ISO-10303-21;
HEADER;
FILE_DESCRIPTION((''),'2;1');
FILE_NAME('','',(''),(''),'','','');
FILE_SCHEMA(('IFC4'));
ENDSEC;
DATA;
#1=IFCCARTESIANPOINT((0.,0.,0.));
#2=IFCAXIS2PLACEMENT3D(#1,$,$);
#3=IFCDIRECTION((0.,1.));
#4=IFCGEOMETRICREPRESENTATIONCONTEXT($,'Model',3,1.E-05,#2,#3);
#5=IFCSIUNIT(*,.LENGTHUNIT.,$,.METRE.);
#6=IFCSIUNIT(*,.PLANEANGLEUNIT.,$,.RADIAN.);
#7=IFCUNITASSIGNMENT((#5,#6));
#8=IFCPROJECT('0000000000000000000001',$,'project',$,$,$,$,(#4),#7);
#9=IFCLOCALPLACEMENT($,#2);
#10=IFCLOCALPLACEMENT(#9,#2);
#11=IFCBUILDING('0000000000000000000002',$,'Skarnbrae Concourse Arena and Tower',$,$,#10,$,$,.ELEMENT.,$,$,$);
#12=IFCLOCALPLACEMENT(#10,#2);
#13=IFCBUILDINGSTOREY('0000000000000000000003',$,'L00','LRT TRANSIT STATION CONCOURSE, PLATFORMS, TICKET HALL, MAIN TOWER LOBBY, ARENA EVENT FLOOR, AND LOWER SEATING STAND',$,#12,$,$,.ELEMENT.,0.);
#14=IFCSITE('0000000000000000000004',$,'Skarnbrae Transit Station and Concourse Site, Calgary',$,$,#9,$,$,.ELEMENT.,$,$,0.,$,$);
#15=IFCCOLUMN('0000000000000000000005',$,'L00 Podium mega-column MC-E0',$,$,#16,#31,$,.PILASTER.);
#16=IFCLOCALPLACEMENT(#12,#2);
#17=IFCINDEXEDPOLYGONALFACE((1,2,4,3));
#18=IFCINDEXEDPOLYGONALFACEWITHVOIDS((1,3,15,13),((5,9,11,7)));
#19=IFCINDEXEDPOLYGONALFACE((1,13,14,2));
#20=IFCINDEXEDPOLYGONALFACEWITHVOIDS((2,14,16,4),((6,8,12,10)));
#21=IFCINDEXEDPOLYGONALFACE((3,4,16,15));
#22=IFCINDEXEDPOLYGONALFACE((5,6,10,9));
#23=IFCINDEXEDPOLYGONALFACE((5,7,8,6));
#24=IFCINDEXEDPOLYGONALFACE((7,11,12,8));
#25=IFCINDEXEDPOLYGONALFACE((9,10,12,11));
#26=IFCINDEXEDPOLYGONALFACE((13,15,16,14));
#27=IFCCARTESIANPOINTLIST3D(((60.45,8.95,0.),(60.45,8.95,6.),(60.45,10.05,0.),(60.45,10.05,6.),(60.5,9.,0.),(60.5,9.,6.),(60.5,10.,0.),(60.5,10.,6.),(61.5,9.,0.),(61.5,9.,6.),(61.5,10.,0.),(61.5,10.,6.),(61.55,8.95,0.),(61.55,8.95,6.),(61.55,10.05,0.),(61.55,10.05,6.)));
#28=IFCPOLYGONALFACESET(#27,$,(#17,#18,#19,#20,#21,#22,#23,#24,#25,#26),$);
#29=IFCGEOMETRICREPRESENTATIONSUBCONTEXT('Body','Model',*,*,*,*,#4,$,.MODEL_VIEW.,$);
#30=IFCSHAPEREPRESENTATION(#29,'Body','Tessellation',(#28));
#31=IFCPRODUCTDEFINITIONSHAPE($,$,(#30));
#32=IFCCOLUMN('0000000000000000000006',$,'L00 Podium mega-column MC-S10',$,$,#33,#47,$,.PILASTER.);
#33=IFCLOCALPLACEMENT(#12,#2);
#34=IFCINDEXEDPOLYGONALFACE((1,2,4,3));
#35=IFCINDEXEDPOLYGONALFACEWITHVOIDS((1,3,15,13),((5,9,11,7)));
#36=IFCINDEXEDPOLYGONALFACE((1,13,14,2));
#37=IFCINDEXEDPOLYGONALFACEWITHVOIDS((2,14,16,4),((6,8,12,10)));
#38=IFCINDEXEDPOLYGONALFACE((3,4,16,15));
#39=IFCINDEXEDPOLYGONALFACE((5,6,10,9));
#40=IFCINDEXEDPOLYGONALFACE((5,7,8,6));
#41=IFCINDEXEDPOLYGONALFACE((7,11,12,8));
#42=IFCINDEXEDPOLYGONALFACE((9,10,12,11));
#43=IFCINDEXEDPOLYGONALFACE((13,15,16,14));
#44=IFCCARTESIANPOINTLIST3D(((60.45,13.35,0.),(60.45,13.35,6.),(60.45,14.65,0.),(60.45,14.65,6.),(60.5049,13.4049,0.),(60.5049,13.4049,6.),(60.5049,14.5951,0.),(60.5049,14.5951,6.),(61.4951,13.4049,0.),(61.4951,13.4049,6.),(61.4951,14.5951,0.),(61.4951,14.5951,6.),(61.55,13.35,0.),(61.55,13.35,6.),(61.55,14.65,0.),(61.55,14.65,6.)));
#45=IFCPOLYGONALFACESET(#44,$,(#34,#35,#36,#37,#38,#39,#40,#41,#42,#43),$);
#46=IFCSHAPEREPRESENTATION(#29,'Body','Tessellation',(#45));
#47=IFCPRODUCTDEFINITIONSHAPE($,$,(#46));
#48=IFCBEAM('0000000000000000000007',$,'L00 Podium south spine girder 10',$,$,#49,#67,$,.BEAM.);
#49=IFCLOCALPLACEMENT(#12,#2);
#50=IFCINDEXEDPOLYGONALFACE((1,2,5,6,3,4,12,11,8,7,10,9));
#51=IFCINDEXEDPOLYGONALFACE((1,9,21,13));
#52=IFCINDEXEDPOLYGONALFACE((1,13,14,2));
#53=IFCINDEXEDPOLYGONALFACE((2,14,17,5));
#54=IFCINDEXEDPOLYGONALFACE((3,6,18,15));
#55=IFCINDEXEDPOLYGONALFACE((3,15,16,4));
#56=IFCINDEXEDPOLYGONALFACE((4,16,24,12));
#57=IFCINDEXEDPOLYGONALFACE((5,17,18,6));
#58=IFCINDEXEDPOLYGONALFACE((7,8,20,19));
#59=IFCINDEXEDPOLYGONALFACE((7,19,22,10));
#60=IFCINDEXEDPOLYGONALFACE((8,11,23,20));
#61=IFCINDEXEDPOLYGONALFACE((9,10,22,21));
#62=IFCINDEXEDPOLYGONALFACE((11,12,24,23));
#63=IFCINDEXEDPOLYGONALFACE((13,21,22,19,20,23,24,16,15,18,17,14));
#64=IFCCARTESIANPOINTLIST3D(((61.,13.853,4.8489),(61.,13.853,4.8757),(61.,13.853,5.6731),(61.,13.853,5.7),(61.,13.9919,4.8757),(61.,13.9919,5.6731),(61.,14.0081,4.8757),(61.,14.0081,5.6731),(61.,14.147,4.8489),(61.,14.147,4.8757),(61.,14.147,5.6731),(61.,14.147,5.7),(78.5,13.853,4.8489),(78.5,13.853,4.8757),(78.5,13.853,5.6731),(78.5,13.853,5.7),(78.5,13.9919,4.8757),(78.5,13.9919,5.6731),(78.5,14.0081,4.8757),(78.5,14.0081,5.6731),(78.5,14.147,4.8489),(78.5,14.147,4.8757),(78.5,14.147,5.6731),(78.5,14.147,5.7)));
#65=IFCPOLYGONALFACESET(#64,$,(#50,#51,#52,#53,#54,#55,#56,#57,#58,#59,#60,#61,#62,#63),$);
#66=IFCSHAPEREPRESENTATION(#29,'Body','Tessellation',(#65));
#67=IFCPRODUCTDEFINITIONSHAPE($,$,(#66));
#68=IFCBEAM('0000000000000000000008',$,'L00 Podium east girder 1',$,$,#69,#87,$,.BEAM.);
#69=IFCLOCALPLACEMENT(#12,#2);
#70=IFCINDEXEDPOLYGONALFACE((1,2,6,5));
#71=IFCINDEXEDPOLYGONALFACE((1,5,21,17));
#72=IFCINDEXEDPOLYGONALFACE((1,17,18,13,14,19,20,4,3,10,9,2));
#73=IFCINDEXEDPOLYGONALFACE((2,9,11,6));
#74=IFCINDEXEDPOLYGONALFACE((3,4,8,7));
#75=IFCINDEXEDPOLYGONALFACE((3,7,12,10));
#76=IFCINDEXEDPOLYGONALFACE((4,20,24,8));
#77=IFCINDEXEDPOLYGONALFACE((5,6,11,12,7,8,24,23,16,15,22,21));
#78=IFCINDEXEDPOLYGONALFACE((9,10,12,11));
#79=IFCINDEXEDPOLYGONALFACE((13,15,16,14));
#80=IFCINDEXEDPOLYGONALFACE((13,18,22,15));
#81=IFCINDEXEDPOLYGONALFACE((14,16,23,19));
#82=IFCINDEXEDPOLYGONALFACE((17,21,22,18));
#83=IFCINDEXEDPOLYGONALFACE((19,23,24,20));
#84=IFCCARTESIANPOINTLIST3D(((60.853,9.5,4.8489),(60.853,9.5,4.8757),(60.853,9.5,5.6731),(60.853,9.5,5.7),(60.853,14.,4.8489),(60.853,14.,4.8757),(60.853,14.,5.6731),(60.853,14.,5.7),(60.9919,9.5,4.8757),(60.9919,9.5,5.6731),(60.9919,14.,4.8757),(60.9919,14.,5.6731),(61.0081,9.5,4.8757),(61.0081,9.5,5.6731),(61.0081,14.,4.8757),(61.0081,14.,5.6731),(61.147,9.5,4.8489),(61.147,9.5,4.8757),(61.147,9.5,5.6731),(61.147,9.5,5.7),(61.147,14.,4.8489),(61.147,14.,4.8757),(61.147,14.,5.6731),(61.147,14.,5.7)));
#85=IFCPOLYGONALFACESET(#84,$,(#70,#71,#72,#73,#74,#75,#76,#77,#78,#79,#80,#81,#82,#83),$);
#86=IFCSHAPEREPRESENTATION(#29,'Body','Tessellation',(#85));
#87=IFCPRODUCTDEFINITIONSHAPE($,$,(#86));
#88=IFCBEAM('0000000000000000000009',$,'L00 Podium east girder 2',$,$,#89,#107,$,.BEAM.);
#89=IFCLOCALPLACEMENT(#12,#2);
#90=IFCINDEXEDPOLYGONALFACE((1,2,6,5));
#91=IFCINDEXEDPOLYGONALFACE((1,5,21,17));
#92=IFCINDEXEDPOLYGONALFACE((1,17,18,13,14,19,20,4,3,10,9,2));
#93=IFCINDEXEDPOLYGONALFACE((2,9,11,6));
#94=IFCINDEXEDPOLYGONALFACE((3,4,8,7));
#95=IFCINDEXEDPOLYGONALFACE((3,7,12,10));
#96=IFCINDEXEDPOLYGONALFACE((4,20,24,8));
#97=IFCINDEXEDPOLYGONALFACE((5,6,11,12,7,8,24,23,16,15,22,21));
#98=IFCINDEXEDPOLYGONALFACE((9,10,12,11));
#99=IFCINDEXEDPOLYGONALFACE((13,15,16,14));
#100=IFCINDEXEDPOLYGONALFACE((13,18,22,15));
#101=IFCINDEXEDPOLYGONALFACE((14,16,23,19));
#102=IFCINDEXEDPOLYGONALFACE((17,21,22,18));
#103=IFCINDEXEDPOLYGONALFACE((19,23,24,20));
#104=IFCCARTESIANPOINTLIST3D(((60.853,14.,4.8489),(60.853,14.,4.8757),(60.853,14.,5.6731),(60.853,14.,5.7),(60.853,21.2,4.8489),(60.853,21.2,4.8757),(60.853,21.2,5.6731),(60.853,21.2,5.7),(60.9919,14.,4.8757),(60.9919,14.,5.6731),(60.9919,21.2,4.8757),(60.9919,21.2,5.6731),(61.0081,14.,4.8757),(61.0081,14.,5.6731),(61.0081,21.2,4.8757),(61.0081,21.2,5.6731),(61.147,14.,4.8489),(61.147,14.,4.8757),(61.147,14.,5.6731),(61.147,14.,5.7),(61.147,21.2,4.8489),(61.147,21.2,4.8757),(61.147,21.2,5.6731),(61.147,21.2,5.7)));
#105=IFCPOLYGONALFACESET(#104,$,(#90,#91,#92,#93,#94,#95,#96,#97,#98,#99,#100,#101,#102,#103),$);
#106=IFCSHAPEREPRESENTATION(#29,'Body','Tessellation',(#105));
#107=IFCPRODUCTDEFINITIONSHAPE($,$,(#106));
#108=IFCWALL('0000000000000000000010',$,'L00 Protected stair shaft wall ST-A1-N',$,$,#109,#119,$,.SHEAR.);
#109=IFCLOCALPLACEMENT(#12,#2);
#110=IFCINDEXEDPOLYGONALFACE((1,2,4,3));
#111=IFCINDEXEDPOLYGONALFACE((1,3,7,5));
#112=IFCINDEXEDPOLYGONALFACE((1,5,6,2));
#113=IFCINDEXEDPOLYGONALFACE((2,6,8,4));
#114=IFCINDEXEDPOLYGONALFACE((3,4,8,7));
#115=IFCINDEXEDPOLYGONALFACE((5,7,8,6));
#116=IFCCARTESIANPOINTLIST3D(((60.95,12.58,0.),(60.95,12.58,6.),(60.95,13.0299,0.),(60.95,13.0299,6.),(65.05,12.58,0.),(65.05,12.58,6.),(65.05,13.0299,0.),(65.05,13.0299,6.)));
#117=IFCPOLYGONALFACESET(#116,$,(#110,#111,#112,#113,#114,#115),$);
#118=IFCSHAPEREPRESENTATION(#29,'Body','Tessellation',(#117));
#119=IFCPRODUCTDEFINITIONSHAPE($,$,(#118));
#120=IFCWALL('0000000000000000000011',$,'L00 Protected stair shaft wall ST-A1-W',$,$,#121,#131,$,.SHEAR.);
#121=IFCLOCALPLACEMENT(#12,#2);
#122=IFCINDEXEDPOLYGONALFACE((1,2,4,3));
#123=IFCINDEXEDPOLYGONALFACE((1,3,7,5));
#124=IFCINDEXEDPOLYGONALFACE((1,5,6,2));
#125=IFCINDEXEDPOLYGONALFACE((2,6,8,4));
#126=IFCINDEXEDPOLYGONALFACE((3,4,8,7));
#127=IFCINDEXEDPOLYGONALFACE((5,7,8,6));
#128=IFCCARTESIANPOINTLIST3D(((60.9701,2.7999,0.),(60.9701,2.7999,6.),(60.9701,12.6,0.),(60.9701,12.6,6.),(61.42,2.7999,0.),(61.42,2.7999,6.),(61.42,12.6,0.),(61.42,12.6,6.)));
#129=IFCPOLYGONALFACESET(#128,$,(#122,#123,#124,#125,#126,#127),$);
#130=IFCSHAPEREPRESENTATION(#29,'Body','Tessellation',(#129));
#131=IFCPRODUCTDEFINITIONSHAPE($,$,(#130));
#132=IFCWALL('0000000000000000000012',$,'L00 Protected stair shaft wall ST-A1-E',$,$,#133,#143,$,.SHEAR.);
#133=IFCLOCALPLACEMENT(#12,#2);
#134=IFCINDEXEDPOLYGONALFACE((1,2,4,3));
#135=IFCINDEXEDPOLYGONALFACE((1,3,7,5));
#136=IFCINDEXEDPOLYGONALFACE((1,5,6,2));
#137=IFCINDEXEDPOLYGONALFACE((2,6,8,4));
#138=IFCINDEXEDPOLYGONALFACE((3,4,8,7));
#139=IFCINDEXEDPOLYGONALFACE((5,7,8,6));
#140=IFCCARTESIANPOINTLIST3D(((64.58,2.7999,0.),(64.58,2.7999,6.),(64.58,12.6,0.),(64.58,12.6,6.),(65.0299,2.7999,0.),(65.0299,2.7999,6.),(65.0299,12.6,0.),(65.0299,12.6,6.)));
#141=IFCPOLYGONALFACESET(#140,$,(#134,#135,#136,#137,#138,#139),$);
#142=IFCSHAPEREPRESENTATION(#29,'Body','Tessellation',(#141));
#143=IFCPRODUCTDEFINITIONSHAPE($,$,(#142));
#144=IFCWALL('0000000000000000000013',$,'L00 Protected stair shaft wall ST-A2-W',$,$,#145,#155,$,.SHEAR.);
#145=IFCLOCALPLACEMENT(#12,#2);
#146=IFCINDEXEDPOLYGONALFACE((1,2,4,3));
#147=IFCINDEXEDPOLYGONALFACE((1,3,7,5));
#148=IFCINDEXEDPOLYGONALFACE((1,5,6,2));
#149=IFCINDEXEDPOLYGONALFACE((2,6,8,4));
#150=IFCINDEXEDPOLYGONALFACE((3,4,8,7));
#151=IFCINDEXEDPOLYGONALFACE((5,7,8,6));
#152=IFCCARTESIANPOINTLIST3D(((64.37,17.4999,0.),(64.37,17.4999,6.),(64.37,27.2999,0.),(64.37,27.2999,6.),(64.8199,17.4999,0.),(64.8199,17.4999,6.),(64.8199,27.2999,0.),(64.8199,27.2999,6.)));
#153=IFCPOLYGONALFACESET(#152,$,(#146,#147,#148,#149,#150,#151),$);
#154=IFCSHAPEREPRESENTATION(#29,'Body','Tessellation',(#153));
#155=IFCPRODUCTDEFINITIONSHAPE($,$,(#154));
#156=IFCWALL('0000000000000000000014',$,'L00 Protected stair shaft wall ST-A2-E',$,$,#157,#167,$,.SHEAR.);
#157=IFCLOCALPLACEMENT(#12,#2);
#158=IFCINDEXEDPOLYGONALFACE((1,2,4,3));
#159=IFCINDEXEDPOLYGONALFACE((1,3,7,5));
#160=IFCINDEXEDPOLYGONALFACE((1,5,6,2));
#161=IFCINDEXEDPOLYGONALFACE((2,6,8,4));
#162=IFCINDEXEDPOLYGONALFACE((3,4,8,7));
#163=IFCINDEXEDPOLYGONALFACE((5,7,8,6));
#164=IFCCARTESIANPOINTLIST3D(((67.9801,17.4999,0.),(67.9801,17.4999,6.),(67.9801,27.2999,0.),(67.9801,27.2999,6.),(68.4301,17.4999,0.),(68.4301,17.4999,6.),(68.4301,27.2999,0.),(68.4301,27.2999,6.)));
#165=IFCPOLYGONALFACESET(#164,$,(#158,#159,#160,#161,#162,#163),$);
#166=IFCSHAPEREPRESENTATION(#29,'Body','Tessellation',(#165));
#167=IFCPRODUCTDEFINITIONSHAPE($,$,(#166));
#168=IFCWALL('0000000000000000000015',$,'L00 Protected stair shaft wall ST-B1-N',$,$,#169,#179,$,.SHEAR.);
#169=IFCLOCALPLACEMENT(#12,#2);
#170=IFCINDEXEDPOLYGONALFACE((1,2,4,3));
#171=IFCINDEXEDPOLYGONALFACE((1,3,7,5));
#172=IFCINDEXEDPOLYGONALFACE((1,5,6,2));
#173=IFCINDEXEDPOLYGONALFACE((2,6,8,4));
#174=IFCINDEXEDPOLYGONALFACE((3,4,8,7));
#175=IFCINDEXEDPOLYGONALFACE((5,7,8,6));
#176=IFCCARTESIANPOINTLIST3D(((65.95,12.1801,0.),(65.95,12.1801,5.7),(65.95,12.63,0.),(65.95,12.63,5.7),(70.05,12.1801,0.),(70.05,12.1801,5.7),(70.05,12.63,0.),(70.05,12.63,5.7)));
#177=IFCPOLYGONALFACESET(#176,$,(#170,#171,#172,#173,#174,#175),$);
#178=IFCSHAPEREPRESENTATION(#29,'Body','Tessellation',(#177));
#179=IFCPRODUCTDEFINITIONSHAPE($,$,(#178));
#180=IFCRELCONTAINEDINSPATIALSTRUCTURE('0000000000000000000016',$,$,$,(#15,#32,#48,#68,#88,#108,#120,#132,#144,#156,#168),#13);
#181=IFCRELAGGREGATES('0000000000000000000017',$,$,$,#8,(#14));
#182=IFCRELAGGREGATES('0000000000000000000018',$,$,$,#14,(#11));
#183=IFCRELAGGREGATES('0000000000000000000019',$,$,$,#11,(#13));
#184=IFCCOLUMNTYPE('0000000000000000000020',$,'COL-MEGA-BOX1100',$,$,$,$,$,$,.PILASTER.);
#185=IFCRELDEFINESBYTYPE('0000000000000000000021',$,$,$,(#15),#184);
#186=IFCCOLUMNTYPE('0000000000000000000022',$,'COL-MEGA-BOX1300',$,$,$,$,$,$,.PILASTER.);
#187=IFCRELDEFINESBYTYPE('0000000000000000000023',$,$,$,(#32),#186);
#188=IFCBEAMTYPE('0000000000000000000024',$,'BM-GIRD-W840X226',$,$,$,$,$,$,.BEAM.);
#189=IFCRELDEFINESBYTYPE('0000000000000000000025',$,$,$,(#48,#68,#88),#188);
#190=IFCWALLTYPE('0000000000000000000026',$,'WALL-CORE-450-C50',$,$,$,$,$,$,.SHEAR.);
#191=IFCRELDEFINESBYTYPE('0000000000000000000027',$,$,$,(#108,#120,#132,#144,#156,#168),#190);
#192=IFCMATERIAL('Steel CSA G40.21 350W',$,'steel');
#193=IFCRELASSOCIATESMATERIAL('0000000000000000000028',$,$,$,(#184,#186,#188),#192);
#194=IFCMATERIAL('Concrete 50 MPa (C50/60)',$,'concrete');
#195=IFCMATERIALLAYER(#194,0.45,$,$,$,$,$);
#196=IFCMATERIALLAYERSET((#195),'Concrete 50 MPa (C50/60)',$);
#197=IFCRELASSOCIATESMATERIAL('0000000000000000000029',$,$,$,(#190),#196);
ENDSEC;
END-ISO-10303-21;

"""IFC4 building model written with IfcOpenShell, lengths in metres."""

from ifc_helpers import new_model, si_unit, direction, frame, frame_2d, origin, origin_2d, place, context, subcontext, project, spatial, rectangle, hollow_rectangle, i_section, extrude, source, transform, mapped, material, layer, layer_set, material_profile, profile_set, type_object, element, save


model = new_model("IFC4")

# Units and contexts
model_context = context("Model", 3, precision=1e-05, world=origin(), true_north=direction((0.0, 1.0)))
body_context = subcontext(model_context, "Body", "Model", "MODEL_VIEW")
ifc_project = project(units=[si_unit("LENGTHUNIT", "METRE"), si_unit("PLANEANGLEUNIT", "RADIAN")], contexts=[model_context])

# Site, building, storey
site_placement = place(None, origin())
site = spatial("IfcSite", under=ifc_project, at=site_placement, Name="Skarnbrae Transit Station and Concourse Site, Calgary", CompositionType="ELEMENT", RefElevation=0.0)
building_placement = place(site_placement, origin())
building = spatial("IfcBuilding", under=site, at=building_placement, Name="Skarnbrae Concourse Arena and Tower", CompositionType="ELEMENT")
storey_placement = place(building_placement, origin())
storey = spatial("IfcBuildingStorey", under=building, at=storey_placement, Name="L00", Description="LRT TRANSIT STATION CONCOURSE, PLATFORMS, TICKET HALL, MAIN TOWER LOBBY, ARENA EVENT FLOOR, AND LOWER SEATING STAND", CompositionType="ELEMENT", Elevation=0.0)

# Columns
ifc_material_1 = material(Name="Steel CSA G40.21 350W", Category="steel")
ifc_material_profile_1 = material_profile(ifc_material_1, hollow_rectangle(XDim=1.1001, YDim=1.1001, WallThickness=0.05, at=origin_2d()), Name="BOX1100X1100X50")
ifc_profile_set_1 = profile_set([ifc_material_profile_1], Name="Steel CSA G40.21 350W")
column_type_1 = type_object("IfcColumnType", Name="COL-MEGA-BOX1100", PredefinedType="PILASTER", material=ifc_profile_set_1)
shared_shape_1 = source(origin(), body_context, "Body", "SweptSolid", [
    extrude(hollow_rectangle(XDim=1.1001, YDim=1.1001, WallThickness=0.05, at=origin_2d()), origin(), (0.0, 0.0, 1.0), 6.0),
])
column_1_placement = place(storey_placement, frame((61.0, 9.5, 0.0), z_axis=(0.0, 0.0, 1.0), x_axis=(1.0, 0.0, 0.0)))
element("IfcColumn", 1, at=column_1_placement, inside=storey, type_object=column_type_1, Name="L00 Podium mega-column MC-E0", PredefinedType="PILASTER", context=body_context, shape_type="MappedRepresentation", body=[
    mapped(shared_shape_1, transform((0.0, 0.0, 0.0))),
])
ifc_material_profile_2 = material_profile(ifc_material_1, hollow_rectangle(XDim=1.1001, YDim=1.3, WallThickness=0.0549, at=origin_2d()), Name="BOX1300X1100X55")
ifc_profile_set_2 = profile_set([ifc_material_profile_2], Name="Steel CSA G40.21 350W")
column_type_2 = type_object("IfcColumnType", Name="COL-MEGA-BOX1300", PredefinedType="PILASTER", material=ifc_profile_set_2)
shared_shape_2 = source(origin(), body_context, "Body", "SweptSolid", [
    extrude(hollow_rectangle(XDim=1.1001, YDim=1.3, WallThickness=0.0549, at=origin_2d()), origin(), (0.0, 0.0, 1.0), 6.0),
])
column_2_placement = place(storey_placement, frame((61.0, 14.0, 0.0), z_axis=(0.0, 0.0, 1.0), x_axis=(1.0, 0.0, 0.0)))
element("IfcColumn", 2, at=column_2_placement, inside=storey, type_object=column_type_2, Name="L00 Podium mega-column MC-S10", PredefinedType="PILASTER", context=body_context, shape_type="MappedRepresentation", body=[
    mapped(shared_shape_2, transform((0.0, 0.0, 0.0))),
])

# Beams
ifc_material_profile_3 = material_profile(ifc_material_1, i_section(OverallWidth=0.2939, OverallDepth=0.8511, WebThickness=0.0161, FlangeThickness=0.0269, at=origin_2d()), Name="W840X226")
ifc_profile_set_3 = profile_set([ifc_material_profile_3], Name="Steel CSA G40.21 350W")
beam_type = type_object("IfcBeamType", Name="BM-GIRD-W840X226", PredefinedType="BEAM", material=ifc_profile_set_3)
shared_shape_3 = source(origin(), body_context, "Body", "SweptSolid", [
    extrude(i_section(OverallWidth=0.2939, OverallDepth=0.8511, WebThickness=0.0161, FlangeThickness=0.0269, at=origin_2d()), origin(), (0.0, 0.0, 1.0), 17.5),
])
beam_1_placement = place(storey_placement, frame((61.0, 14.0, 5.2744), z_axis=(1.0, 0.0, 0.0), x_axis=(0.0, 1.0, 0.0)))
element("IfcBeam", 3, at=beam_1_placement, inside=storey, type_object=beam_type, Name="L00 Podium south spine girder 10", PredefinedType="BEAM", context=body_context, shape_type="MappedRepresentation", body=[
    mapped(shared_shape_3, transform((0.0, 0.0, 0.0))),
])
shared_shape_4 = source(origin(), body_context, "Body", "SweptSolid", [
    extrude(i_section(OverallWidth=0.2939, OverallDepth=0.8511, WebThickness=0.0161, FlangeThickness=0.0269, at=origin_2d()), origin(), (0.0, 0.0, 1.0), 4.5),
])
beam_2_placement = place(storey_placement, frame((61.0, 9.5, 5.2744), z_axis=(0.0, 1.0, 0.0), x_axis=(-1.0, 0.0, 0.0)))
element("IfcBeam", 4, at=beam_2_placement, inside=storey, type_object=beam_type, Name="L00 Podium east girder 1", PredefinedType="BEAM", context=body_context, shape_type="MappedRepresentation", body=[
    mapped(shared_shape_4, transform((0.0, 0.0, 0.0))),
])
shared_shape_5 = source(origin(), body_context, "Body", "SweptSolid", [
    extrude(i_section(OverallWidth=0.2939, OverallDepth=0.8511, WebThickness=0.0161, FlangeThickness=0.0269, at=origin_2d()), origin(), (0.0, 0.0, 1.0), 7.2),
])
beam_3_placement = place(storey_placement, frame((61.0, 14.0, 5.2744), z_axis=(0.0, 1.0, 0.0), x_axis=(-1.0, 0.0, 0.0)))
element("IfcBeam", 5, at=beam_3_placement, inside=storey, type_object=beam_type, Name="L00 Podium east girder 2", PredefinedType="BEAM", context=body_context, shape_type="MappedRepresentation", body=[
    mapped(shared_shape_5, transform((0.0, 0.0, 0.0))),
])

# Walls
ifc_material_2 = material(Name="Concrete 50 MPa (C50/60)", Category="concrete")
ifc_layer_1 = layer(ifc_material_2, 0.45)
ifc_layer_set_1 = layer_set([ifc_layer_1], Name="Concrete 50 MPa (C50/60)")
wall_type_1 = type_object("IfcWallType", Name="WALL-CORE-450-C50", PredefinedType="SHEAR", material=ifc_layer_set_1)
shared_shape_6 = source(origin(), body_context, "Body", "SweptSolid", [
    extrude(rectangle(XDim=4.1001, YDim=0.45, at=frame_2d((2.05, 0.0))), origin(), (0.0, 0.0, 1.0), 6.0),
])
wall_1_placement = place(storey_placement, frame((60.95, 12.8049, 0.0), z_axis=(0.0, 0.0, 1.0), x_axis=(1.0, 0.0, 0.0)))
element("IfcWall", 6, at=wall_1_placement, inside=storey, type_object=wall_type_1, Name="L00 Protected stair shaft wall ST-A1-N", PredefinedType="SHEAR", context=body_context, shape_type="MappedRepresentation", body=[
    mapped(shared_shape_6, transform((0.0, 0.0, 0.0))),
])
shared_shape_7 = source(origin(), body_context, "Body", "SweptSolid", [
    extrude(rectangle(XDim=9.8, YDim=0.45, at=frame_2d((4.8999, 0.0))), origin(), (0.0, 0.0, 1.0), 6.0),
])
for number, where, z_axis, x_axis, name in (
    (7, (61.1951, 2.8, 0.0), (0.0, 0.0, 1.0), (0.0, 1.0, 0.0), "L00 Protected stair shaft wall ST-A1-W"),
    (8, (64.8049, 2.8, 0.0), (0.0, 0.0, 1.0), (0.0, 1.0, 0.0), "L00 Protected stair shaft wall ST-A1-E"),
    (9, (64.595, 17.5, 0.0), (0.0, 0.0, 1.0), (0.0, 1.0, 0.0), "L00 Protected stair shaft wall ST-A2-W"),
    (10, (68.2051, 17.5, 0.0), (0.0, 0.0, 1.0), (0.0, 1.0, 0.0), "L00 Protected stair shaft wall ST-A2-E"),
):
    element("IfcWall", number, at=place(storey_placement, frame(where, z_axis=z_axis, x_axis=x_axis)), inside=storey, type_object=wall_type_1, Name=name, PredefinedType="SHEAR", context=body_context, shape_type="MappedRepresentation", body=[
        mapped(shared_shape_7, transform((0.0, 0.0, 0.0))),
    ])

# Shared definitions
shared_shape_8 = source(origin(), body_context, "Body", "SweptSolid", [
    extrude(rectangle(XDim=4.1001, YDim=0.45, at=frame_2d((2.05, 0.0))), origin(), (0.0, 0.0, 1.0), 5.7),
])

# Wall
wall_2_placement = place(storey_placement, frame((65.95, 12.405, 0.0), z_axis=(0.0, 0.0, 1.0), x_axis=(1.0, 0.0, 0.0)))
element("IfcWall", 11, at=wall_2_placement, inside=storey, type_object=wall_type_1, Name="L00 Protected stair shaft wall ST-B1-N", PredefinedType="SHEAR", context=body_context, shape_type="MappedRepresentation", body=[
    mapped(shared_shape_8, transform((0.0, 0.0, 0.0))),
])

save(model, "model.ifc")
